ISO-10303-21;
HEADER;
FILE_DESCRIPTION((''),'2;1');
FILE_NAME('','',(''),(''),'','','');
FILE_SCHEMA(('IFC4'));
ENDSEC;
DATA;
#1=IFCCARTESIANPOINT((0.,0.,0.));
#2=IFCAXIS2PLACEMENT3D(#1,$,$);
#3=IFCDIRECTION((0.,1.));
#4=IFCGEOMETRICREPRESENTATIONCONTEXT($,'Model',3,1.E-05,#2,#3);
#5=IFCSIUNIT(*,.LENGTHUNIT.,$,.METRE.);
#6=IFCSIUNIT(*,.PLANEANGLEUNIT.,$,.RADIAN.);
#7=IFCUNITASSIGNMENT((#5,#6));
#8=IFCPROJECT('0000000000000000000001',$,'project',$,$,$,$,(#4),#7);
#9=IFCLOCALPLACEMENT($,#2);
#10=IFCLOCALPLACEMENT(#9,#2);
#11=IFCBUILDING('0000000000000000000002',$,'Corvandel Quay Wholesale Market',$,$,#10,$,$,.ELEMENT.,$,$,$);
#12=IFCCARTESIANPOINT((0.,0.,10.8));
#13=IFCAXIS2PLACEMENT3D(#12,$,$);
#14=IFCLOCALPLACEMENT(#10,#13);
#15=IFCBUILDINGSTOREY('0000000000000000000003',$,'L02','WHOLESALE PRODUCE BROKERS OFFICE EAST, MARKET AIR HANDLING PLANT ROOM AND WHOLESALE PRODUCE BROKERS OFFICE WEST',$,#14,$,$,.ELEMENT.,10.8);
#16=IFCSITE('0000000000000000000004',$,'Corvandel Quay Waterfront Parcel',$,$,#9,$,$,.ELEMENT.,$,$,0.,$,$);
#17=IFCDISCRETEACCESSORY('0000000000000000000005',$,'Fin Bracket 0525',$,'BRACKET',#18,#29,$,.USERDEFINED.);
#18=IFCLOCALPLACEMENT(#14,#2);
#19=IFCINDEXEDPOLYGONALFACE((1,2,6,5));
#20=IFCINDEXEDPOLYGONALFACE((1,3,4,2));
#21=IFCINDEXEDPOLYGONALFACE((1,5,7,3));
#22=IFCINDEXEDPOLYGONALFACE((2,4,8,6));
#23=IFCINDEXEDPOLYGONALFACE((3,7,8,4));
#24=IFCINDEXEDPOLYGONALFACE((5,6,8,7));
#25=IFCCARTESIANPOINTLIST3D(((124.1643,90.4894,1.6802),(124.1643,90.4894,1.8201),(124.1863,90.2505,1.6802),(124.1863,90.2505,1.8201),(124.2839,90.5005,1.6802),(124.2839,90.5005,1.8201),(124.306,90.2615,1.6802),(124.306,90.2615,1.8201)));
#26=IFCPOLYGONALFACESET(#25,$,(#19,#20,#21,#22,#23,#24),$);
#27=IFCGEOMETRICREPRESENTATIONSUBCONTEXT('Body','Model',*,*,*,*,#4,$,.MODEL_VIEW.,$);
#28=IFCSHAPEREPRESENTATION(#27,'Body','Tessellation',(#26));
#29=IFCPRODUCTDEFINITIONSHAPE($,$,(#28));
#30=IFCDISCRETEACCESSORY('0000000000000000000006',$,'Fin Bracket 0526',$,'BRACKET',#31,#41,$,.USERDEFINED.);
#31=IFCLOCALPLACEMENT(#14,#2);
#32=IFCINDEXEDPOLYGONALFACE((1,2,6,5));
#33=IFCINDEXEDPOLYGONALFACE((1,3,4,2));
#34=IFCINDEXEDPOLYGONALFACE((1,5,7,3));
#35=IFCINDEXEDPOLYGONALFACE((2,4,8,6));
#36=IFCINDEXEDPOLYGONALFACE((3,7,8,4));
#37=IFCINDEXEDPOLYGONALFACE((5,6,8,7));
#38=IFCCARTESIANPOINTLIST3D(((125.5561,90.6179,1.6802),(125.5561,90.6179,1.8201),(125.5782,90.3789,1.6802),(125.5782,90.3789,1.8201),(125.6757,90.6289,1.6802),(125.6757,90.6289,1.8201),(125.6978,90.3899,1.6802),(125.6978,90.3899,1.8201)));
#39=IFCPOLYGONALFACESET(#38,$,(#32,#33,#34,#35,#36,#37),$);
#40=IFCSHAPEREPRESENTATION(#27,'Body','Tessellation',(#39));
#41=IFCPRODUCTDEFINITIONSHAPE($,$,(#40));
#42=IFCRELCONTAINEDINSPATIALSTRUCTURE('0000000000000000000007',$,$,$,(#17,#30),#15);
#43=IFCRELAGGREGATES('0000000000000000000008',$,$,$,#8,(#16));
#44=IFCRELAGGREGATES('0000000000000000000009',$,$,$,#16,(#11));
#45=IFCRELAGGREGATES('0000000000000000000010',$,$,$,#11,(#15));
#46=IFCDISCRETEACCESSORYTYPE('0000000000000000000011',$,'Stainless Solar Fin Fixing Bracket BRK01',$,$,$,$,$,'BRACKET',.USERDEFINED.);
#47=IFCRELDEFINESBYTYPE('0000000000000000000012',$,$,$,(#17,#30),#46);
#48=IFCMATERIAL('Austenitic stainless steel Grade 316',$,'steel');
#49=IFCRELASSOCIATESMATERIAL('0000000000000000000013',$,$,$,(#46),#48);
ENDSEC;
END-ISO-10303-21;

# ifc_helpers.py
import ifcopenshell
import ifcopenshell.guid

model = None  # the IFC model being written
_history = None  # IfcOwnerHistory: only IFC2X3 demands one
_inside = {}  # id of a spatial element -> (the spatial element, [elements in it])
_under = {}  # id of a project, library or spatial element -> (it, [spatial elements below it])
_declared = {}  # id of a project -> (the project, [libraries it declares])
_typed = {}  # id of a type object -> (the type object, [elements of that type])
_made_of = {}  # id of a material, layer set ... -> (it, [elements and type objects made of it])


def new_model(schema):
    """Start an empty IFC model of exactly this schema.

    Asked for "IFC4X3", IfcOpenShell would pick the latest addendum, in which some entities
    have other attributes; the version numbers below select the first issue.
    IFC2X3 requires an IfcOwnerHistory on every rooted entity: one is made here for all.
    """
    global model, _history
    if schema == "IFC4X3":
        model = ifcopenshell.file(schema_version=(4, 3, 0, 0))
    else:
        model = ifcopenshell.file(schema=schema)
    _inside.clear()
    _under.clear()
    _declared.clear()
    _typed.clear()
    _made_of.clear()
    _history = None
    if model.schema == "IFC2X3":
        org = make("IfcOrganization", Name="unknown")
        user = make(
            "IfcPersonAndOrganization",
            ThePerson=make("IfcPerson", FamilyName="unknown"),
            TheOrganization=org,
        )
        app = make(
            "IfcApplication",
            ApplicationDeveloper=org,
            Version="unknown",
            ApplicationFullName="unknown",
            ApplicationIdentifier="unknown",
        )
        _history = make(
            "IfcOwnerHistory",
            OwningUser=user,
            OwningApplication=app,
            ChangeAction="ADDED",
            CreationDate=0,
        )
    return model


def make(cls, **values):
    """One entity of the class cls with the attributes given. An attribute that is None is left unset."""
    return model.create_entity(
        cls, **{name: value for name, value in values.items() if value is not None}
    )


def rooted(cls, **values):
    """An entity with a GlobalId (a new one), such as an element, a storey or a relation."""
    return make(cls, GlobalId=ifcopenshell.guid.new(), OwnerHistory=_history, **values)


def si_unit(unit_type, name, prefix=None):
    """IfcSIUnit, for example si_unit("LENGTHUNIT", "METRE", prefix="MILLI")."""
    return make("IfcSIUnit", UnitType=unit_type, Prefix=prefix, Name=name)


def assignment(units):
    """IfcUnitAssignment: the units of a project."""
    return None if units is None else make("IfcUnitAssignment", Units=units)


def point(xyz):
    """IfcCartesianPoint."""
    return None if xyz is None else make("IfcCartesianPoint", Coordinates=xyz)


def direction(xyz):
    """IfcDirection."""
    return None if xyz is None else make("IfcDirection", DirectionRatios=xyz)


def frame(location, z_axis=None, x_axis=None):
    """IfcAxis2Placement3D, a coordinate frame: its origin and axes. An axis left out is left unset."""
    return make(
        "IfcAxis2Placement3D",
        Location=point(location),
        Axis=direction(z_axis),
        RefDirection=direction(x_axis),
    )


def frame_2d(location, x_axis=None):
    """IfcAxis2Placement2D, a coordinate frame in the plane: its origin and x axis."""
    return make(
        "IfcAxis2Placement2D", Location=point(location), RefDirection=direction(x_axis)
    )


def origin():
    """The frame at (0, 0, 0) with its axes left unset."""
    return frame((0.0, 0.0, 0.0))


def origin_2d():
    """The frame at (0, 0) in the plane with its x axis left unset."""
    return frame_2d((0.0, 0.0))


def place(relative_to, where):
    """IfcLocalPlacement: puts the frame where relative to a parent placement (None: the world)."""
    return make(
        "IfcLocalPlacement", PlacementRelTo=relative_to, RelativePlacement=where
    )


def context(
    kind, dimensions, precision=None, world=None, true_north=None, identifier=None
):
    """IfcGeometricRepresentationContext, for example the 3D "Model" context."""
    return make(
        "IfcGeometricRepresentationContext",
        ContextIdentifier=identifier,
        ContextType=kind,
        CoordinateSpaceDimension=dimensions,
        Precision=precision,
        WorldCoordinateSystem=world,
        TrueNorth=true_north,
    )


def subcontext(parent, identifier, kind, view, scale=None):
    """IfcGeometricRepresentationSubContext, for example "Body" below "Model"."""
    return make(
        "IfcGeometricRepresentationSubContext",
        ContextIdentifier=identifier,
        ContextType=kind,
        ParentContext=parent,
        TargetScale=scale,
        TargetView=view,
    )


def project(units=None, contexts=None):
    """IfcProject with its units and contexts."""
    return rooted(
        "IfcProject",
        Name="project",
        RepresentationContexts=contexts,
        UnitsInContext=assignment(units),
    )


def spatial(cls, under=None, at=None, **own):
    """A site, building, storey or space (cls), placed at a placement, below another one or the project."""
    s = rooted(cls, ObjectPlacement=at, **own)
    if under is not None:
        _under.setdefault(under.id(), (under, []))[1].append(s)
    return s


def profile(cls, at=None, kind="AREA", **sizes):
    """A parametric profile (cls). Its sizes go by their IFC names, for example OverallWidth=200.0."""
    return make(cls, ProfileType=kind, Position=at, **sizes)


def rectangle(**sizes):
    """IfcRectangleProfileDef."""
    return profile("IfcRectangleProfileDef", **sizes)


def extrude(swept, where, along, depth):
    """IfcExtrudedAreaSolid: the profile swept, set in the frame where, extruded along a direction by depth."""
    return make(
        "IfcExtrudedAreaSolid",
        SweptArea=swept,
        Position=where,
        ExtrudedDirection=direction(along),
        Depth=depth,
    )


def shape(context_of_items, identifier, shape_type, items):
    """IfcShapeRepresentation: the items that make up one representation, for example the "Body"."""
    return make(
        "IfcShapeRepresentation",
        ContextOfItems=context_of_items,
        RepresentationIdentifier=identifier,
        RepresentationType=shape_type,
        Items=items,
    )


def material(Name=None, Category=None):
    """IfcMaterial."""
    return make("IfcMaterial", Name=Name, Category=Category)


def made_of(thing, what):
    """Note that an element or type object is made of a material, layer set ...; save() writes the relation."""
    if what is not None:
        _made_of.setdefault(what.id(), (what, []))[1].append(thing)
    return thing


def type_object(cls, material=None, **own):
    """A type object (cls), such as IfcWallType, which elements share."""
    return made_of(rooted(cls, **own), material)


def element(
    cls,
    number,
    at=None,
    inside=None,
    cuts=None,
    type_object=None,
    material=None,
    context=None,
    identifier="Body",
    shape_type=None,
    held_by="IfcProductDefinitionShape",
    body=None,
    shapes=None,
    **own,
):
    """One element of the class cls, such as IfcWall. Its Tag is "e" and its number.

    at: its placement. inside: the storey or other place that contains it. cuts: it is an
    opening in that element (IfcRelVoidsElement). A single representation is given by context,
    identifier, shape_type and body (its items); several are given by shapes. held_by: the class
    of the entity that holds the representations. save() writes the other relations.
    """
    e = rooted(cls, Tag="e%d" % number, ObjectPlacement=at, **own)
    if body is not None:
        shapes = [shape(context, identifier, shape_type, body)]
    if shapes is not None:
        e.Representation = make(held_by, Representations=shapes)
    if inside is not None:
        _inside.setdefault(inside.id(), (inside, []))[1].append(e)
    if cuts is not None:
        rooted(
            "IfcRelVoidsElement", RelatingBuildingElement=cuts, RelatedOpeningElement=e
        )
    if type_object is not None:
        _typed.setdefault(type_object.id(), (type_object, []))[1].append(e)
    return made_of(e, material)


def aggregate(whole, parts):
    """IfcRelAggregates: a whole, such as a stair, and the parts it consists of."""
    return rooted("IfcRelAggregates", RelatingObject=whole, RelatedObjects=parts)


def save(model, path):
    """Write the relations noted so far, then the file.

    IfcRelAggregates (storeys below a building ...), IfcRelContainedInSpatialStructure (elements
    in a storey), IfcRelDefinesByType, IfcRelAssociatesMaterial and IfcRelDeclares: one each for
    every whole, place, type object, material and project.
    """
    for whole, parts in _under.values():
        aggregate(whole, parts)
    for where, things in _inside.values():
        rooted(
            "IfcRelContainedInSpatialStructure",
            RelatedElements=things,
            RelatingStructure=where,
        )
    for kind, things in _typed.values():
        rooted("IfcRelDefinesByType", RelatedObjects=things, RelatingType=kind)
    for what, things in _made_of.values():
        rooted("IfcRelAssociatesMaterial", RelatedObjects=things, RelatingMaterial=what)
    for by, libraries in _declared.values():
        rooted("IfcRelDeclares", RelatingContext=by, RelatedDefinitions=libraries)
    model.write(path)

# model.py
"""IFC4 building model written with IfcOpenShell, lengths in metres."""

from ifc_helpers import new_model, si_unit, direction, frame, origin, origin_2d, place, context, subcontext, project, spatial, rectangle, extrude, material, type_object, element, save


model = new_model("IFC4")

# Units and contexts
model_context = context("Model", 3, precision=1e-05, world=origin(), true_north=direction((0.0, 1.0)))
body_context = subcontext(model_context, "Body", "Model", "MODEL_VIEW")
ifc_project = project(units=[si_unit("LENGTHUNIT", "METRE"), si_unit("PLANEANGLEUNIT", "RADIAN")], contexts=[model_context])

# Site, building, storey
site_placement = place(None, origin())
site = spatial("IfcSite", under=ifc_project, at=site_placement, Name="Corvandel Quay Waterfront Parcel", CompositionType="ELEMENT", RefElevation=0.0)
building_placement = place(site_placement, origin())
building = spatial("IfcBuilding", under=site, at=building_placement, Name="Corvandel Quay Wholesale Market", CompositionType="ELEMENT")
storey_placement = place(building_placement, frame((0.0, 0.0, 10.8)))
storey = spatial("IfcBuildingStorey", under=building, at=storey_placement, Name="L02", Description="WHOLESALE PRODUCE BROKERS OFFICE EAST, MARKET AIR HANDLING PLANT ROOM AND WHOLESALE PRODUCE BROKERS OFFICE WEST", CompositionType="ELEMENT", Elevation=10.8)

# Discrete accessories
ifc_material_1 = material(Name="Austenitic stainless steel Grade 316", Category="steel")
discrete_accessory_type = type_object("IfcDiscreteAccessoryType", Name="Stainless Solar Fin Fixing Bracket BRK01", ElementType="BRACKET", PredefinedType="USERDEFINED", material=ifc_material_1)
for number, where, z_axis, x_axis, name in (
    (1, (124.2351, 90.3755, 1.6802), (0.0, 0.0, 1.0), (-0.092023, 0.995757, 0.0), "Fin Bracket 0525"),
    (2, (125.627, 90.5039, 1.6802), (0.0, 0.0, 1.0), (-0.092023, 0.995757, 0.0), "Fin Bracket 0526"),
):
    element("IfcDiscreteAccessory", number, at=place(storey_placement, frame(where, z_axis=z_axis, x_axis=x_axis)), inside=storey, type_object=discrete_accessory_type, Name=name, ObjectType="BRACKET", PredefinedType="USERDEFINED", context=body_context, shape_type="SweptSolid", body=[
        extrude(rectangle(XDim=0.24, YDim=0.1201, at=origin_2d()), origin(), (0.0, 0.0, 1.0), 0.1399),
    ])

save(model, "model.ifc")
